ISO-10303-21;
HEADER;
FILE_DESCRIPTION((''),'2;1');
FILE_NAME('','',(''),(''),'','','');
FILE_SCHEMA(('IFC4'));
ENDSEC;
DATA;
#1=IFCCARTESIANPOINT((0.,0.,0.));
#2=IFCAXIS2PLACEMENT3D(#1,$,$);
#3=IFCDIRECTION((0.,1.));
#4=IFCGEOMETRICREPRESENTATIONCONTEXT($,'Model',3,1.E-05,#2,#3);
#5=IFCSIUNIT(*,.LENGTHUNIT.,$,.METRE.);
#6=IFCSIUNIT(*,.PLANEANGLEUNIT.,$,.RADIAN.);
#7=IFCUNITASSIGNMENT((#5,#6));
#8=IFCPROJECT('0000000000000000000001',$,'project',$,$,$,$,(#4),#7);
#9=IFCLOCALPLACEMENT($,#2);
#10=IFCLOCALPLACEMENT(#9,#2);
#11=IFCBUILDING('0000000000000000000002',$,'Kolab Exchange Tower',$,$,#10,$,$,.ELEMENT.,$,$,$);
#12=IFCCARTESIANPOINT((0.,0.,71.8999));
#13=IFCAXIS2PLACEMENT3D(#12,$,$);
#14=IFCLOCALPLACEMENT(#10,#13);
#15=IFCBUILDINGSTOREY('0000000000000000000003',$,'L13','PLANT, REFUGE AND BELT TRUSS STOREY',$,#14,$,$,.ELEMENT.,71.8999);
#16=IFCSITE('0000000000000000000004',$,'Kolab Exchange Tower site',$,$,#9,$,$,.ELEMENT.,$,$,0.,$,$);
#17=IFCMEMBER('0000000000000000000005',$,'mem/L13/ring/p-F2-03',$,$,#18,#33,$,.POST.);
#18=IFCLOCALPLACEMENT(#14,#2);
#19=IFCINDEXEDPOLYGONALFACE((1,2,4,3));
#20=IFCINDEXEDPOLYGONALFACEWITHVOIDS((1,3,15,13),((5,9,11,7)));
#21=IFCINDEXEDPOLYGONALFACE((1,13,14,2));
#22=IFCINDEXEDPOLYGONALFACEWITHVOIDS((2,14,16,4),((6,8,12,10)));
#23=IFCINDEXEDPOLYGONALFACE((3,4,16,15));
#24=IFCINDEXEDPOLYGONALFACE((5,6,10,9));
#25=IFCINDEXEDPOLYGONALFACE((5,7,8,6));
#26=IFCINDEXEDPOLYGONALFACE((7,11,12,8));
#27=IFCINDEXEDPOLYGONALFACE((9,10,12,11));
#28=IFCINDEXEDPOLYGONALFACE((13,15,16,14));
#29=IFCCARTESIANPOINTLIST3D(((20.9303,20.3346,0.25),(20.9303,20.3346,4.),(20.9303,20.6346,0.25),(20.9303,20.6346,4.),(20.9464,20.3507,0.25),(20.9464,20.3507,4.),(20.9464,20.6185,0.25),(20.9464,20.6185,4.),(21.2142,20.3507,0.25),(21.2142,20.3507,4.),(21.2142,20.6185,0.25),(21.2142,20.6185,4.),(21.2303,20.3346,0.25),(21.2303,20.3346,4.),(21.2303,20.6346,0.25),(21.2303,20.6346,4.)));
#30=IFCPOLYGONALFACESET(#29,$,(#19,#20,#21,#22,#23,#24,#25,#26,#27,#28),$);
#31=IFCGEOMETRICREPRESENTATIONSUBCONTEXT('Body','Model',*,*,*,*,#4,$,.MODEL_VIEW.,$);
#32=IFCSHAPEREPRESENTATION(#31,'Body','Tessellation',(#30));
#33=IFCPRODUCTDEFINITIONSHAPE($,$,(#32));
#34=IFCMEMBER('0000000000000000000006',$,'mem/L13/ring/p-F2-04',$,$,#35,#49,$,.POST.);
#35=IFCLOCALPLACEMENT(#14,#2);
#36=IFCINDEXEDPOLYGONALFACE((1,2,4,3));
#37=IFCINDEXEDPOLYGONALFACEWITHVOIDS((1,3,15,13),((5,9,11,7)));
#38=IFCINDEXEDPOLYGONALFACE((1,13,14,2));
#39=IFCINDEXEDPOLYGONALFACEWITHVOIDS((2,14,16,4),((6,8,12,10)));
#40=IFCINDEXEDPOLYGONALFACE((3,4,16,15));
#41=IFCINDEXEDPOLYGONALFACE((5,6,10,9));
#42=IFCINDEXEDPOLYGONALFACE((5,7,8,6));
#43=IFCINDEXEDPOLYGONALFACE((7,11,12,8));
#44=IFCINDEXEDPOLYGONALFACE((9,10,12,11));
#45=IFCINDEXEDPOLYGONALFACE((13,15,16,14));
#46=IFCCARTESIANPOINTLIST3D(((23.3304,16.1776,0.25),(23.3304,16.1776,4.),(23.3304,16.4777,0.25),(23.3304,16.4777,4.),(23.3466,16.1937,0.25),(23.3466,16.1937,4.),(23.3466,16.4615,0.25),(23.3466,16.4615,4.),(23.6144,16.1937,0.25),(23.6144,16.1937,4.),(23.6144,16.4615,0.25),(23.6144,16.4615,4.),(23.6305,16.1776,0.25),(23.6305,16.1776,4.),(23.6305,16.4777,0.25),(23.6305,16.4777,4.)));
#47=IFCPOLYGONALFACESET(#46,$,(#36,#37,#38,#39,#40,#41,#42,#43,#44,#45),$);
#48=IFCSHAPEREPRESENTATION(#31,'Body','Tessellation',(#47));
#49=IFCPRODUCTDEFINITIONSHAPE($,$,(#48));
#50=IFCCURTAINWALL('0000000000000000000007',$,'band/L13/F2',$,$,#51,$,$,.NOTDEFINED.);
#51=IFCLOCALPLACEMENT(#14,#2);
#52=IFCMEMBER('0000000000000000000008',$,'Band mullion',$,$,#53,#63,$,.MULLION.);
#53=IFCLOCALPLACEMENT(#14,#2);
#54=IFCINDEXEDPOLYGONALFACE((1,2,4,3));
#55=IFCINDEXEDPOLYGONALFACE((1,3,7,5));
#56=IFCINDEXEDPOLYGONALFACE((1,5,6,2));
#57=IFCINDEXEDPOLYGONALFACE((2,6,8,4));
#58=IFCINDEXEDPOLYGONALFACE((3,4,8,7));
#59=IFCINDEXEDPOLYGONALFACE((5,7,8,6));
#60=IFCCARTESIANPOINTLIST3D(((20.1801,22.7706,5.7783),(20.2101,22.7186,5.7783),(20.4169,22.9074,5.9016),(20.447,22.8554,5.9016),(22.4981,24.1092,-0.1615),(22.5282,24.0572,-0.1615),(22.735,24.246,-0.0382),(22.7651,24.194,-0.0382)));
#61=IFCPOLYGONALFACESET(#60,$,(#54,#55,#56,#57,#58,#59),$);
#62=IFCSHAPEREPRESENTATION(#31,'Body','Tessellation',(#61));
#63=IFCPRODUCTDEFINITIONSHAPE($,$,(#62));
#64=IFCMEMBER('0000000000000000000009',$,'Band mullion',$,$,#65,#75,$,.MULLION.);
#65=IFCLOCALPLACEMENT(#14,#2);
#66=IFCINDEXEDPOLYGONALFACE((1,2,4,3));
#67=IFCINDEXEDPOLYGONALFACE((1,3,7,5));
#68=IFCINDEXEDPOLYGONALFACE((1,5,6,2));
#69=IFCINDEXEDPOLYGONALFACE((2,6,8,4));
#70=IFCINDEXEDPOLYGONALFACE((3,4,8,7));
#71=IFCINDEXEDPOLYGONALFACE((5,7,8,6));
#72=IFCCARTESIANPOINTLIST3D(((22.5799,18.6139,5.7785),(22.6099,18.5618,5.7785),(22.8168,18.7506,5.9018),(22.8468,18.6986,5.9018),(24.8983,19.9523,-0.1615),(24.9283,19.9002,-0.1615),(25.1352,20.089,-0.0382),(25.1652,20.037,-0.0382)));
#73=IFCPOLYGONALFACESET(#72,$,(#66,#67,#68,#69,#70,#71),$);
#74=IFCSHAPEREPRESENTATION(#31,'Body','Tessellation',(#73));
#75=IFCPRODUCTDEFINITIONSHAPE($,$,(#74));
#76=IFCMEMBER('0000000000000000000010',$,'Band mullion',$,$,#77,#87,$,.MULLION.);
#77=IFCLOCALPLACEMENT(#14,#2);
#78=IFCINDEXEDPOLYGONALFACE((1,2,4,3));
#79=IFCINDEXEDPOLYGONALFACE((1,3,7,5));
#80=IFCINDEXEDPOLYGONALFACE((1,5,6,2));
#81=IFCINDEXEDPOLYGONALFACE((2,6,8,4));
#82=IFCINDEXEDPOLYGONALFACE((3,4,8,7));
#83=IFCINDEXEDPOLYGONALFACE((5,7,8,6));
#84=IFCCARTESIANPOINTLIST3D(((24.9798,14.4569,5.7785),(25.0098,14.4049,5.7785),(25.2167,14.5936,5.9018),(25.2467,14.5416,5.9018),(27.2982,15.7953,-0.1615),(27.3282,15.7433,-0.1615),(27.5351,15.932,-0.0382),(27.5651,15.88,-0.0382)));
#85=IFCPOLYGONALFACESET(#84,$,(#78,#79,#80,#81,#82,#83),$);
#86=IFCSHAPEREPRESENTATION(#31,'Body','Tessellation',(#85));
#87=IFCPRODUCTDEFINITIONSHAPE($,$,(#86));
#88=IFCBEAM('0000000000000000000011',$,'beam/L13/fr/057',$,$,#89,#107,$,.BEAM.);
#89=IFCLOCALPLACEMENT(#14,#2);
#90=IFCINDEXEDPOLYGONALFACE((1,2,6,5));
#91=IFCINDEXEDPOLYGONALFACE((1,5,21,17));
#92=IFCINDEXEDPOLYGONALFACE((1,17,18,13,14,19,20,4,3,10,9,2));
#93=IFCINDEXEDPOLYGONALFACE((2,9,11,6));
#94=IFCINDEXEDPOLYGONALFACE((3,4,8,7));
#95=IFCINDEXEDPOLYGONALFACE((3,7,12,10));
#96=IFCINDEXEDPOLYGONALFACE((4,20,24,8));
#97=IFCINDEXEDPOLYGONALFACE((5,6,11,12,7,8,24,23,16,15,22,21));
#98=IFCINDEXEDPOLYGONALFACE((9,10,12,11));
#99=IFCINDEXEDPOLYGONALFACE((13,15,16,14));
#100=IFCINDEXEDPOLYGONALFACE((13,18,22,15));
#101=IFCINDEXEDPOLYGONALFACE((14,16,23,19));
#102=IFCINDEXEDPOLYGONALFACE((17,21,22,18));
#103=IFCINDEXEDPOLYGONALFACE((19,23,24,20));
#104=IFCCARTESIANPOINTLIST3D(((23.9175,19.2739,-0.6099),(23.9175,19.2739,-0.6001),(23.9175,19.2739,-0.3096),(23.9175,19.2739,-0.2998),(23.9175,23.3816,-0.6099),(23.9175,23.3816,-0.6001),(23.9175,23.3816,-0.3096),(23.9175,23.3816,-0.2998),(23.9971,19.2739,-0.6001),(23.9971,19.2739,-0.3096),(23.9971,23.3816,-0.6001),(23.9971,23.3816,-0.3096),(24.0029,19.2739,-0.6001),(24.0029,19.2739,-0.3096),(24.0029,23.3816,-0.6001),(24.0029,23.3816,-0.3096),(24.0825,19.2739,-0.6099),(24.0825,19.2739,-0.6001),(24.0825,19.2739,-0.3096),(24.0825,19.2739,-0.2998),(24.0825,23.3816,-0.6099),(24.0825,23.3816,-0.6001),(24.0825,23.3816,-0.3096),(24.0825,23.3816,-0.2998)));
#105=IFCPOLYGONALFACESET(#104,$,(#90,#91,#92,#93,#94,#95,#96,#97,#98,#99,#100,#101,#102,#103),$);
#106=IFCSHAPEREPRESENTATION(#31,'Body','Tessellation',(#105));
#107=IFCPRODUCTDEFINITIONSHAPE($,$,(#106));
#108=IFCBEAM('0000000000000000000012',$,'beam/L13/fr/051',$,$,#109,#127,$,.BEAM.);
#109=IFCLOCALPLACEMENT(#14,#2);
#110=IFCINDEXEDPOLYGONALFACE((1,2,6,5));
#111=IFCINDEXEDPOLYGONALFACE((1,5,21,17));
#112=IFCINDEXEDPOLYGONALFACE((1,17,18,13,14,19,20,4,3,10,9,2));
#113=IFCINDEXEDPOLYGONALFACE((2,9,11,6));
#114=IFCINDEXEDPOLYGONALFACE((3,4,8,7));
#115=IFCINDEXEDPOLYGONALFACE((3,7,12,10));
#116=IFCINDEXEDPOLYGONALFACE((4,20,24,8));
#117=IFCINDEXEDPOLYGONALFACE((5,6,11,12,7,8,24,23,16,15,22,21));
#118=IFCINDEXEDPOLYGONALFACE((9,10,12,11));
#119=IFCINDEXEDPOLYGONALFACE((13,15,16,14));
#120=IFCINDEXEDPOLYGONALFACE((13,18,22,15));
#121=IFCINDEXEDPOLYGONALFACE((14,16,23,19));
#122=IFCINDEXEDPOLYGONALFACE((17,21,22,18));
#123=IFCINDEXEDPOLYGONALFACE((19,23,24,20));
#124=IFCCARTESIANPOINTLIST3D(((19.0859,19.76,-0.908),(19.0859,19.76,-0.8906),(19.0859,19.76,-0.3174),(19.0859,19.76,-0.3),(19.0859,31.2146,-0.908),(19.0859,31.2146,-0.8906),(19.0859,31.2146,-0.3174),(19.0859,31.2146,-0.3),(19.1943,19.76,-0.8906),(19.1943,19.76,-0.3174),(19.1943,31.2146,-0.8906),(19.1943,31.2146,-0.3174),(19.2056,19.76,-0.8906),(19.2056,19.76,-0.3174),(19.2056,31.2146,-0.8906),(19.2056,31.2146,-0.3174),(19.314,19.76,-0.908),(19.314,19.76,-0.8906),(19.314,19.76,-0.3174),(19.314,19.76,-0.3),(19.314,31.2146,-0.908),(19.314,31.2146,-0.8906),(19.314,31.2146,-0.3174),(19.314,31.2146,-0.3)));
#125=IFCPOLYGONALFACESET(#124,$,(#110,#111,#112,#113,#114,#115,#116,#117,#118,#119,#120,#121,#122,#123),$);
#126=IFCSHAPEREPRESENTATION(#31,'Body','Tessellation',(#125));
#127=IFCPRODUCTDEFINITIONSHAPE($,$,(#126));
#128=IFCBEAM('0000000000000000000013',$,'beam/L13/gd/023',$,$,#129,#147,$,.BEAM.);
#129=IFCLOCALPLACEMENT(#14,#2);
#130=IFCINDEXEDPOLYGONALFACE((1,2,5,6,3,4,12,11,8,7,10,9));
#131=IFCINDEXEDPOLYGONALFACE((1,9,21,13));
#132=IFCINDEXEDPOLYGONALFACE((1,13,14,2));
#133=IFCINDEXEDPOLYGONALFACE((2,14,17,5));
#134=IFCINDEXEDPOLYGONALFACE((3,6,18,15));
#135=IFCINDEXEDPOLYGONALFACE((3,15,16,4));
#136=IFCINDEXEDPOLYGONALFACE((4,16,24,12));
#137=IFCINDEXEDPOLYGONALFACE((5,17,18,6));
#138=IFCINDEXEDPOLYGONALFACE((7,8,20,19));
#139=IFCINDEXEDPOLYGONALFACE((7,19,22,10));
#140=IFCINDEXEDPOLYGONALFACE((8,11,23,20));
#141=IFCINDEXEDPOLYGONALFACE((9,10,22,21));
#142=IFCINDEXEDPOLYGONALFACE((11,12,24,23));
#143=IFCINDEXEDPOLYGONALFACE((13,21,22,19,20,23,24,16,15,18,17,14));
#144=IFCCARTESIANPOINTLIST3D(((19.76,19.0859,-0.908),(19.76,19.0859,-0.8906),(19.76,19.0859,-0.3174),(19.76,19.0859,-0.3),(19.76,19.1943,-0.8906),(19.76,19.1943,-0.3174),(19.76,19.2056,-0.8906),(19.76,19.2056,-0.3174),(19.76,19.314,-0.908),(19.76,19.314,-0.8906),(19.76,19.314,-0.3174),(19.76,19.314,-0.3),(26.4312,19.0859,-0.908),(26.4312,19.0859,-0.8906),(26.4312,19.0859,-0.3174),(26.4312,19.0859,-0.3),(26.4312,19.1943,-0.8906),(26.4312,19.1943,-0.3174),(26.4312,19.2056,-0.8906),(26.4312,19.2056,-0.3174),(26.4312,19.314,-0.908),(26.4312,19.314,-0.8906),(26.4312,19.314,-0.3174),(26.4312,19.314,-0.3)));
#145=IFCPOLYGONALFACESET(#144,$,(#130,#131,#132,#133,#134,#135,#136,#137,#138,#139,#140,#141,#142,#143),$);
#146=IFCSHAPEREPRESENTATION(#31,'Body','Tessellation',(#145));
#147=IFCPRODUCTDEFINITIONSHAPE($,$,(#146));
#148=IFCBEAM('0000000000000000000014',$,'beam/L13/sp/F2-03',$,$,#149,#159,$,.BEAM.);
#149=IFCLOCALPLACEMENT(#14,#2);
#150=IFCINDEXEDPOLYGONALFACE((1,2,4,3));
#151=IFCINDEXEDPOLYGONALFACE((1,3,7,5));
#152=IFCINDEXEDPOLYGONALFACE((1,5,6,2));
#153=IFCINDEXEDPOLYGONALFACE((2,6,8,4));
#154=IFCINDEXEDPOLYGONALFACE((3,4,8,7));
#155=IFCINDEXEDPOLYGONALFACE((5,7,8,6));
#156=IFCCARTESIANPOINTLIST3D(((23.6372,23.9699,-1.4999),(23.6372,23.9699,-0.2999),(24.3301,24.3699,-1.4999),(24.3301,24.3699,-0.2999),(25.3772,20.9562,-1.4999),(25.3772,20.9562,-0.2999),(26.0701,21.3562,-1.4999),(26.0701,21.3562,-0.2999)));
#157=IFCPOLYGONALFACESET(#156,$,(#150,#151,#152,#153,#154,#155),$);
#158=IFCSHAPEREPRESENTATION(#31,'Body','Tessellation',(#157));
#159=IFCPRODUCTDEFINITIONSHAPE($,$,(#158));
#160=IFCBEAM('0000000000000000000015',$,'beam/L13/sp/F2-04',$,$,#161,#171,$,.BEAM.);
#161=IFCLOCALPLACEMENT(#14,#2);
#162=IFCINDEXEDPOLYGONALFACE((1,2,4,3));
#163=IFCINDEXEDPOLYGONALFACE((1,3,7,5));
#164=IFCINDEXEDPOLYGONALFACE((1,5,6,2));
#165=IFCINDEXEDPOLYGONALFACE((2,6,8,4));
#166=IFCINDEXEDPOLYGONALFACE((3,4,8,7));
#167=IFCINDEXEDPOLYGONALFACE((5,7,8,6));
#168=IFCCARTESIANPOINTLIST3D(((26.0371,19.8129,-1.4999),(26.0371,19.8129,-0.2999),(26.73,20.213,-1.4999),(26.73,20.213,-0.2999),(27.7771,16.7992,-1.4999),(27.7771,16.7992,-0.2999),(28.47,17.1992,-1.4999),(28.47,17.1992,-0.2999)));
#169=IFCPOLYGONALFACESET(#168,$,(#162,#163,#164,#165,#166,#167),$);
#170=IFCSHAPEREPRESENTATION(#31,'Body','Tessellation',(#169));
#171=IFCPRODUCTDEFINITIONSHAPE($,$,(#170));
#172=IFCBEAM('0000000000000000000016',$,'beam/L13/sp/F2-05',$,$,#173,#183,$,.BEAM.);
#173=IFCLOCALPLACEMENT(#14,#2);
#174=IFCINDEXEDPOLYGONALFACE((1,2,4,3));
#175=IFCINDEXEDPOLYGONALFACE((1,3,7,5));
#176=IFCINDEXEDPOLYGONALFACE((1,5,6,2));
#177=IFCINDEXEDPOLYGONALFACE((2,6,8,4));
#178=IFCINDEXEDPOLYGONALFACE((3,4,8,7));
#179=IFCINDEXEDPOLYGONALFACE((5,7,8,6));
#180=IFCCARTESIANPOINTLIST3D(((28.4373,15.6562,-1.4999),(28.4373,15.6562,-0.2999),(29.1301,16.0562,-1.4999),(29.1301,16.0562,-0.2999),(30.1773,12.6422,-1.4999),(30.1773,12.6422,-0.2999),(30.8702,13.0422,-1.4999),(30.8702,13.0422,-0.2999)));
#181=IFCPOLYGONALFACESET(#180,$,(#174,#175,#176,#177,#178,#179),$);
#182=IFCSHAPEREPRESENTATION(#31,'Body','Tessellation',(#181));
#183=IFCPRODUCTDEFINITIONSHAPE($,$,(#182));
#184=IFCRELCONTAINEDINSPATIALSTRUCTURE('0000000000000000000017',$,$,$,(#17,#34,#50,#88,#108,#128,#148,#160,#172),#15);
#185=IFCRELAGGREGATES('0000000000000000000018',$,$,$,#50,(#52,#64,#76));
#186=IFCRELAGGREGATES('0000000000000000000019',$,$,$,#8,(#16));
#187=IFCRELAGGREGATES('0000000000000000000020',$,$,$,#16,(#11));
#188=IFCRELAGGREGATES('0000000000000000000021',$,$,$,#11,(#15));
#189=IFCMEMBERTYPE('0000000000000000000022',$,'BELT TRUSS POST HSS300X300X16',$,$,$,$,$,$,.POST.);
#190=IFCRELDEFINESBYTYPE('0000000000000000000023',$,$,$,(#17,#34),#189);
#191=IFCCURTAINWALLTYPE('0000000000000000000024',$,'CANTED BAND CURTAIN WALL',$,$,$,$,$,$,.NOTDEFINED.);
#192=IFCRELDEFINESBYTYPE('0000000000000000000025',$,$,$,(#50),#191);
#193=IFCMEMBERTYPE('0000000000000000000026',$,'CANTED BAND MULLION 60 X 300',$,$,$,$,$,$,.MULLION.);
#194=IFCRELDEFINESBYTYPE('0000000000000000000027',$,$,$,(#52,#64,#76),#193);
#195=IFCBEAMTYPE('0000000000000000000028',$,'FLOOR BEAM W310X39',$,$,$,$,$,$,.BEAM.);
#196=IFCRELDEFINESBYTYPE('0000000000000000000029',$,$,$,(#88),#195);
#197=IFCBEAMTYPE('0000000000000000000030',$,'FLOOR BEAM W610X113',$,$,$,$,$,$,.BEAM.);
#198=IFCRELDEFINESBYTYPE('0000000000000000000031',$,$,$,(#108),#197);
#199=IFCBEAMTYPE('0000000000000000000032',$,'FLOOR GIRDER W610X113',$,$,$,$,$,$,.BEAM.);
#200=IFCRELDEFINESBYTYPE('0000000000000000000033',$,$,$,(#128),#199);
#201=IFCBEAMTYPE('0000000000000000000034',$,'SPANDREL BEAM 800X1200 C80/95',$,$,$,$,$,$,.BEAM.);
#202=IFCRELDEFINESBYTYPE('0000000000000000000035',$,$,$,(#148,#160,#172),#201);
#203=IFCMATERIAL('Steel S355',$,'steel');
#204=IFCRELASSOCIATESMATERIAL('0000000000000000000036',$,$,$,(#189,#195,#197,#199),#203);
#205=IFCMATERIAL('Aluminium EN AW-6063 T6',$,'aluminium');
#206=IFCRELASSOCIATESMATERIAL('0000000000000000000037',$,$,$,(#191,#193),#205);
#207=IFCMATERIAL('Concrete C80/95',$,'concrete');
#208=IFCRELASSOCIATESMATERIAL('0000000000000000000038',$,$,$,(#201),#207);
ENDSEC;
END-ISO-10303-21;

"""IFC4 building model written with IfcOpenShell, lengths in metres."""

from ifc_helpers import new_model, si_unit, direction, frame, origin, origin_2d, place, context, subcontext, project, spatial, rectangle, hollow_rectangle, i_section, extrude, material, material_profile, profile_set, type_object, element, aggregate, save


model = new_model("IFC4")

# Units and contexts
model_context = context("Model", 3, precision=1e-05, world=origin(), true_north=direction((0.0, 1.0)))
body_context = subcontext(model_context, "Body", "Model", "MODEL_VIEW")
ifc_project = project(units=[si_unit("LENGTHUNIT", "METRE"), si_unit("PLANEANGLEUNIT", "RADIAN")], contexts=[model_context])

# Site, building, storey
site_placement = place(None, origin())
site = spatial("IfcSite", under=ifc_project, at=site_placement, Name="Kolab Exchange Tower site", CompositionType="ELEMENT", RefElevation=0.0)
building_placement = place(site_placement, origin())
building = spatial("IfcBuilding", under=site, at=building_placement, Name="Kolab Exchange Tower", CompositionType="ELEMENT")
storey_placement = place(building_placement, frame((0.0, 0.0, 71.8999)))
storey = spatial("IfcBuildingStorey", under=building, at=storey_placement, Name="L13", Description="PLANT, REFUGE AND BELT TRUSS STOREY", CompositionType="ELEMENT", Elevation=71.8999)

# Shared definitions
ifc_material_1 = material(Name="Concrete C80/95", Category="concrete")

# Shared definitions
ifc_material_2 = material(Name="Steel S355", Category="steel")

# Members
ifc_material_profile_1 = material_profile(ifc_material_2, hollow_rectangle(XDim=0.3, YDim=0.3, WallThickness=0.0161, at=origin_2d()), Name="HSS300X300X16")
ifc_profile_set_1 = profile_set([ifc_material_profile_1], Name="Steel S355")
member_type_1 = type_object("IfcMemberType", Name="BELT TRUSS POST HSS300X300X16", PredefinedType="POST", material=ifc_profile_set_1)
for number, where, z_axis, x_axis, name in (
    (1, (21.0803, 20.4846, 0.25), (0.0, 0.0, 1.0), (1.0, 0.0, 0.0), "mem/L13/ring/p-F2-03"),
    (2, (23.4805, 16.3276, 0.25), (0.0, 0.0, 1.0), (1.0, 0.0, 0.0), "mem/L13/ring/p-F2-04"),
):
    element("IfcMember", number, at=place(storey_placement, frame(where, z_axis=z_axis, x_axis=x_axis)), inside=storey, type_object=member_type_1, Name=name, PredefinedType="POST", context=body_context, shape_type="SweptSolid", body=[
        extrude(hollow_rectangle(XDim=0.3, YDim=0.3, WallThickness=0.0161, at=origin_2d()), origin(), (0.0, 0.0, 1.0), 3.75),
    ])

# Curtain wall, members
ifc_material_3 = material(Name="Aluminium EN AW-6063 T6", Category="aluminium")
curtain_wall_type = type_object("IfcCurtainWallType", Name="CANTED BAND CURTAIN WALL", PredefinedType="NOTDEFINED", material=ifc_material_3)
curtain_wall_placement = place(storey_placement, origin())
curtain_wall = element("IfcCurtainWall", 3, at=curtain_wall_placement, inside=storey, type_object=curtain_wall_type, Name="band/L13/F2", PredefinedType="NOTDEFINED")
ifc_material_profile_2 = material_profile(ifc_material_3, rectangle(XDim=0.0601, YDim=0.3, at=origin_2d()), Name="RECT 60X300")
ifc_profile_set_2 = profile_set([ifc_material_profile_2], Name="Aluminium EN AW-6063 T6")
member_type_2 = type_object("IfcMemberType", Name="CANTED BAND MULLION 60 X 300", PredefinedType="MULLION", material=ifc_profile_set_2)
member_1_placement = place(storey_placement, frame((22.6316, 24.1516, -0.0999), z_axis=(-0.355798, -0.20546, 0.911698), x_axis=(0.500072, -0.865984, 0.0)))
member_1 = element("IfcMember", 4, at=member_1_placement, type_object=member_type_2, Name="Band mullion", PredefinedType="MULLION", context=body_context, shape_type="SweptSolid", body=[
    extrude(rectangle(XDim=0.0601, YDim=0.3, at=origin_2d()), origin(), (0.0, 0.0, 1.0), 6.5151),
])
member_2_placement = place(storey_placement, frame((25.0317, 19.9946, -0.0999), z_axis=(-0.355834, -0.205421, 0.911693), x_axis=(0.499965, -0.866046, 0.0)))
member_2 = element("IfcMember", 5, at=member_2_placement, type_object=member_type_2, Name="Band mullion", PredefinedType="MULLION", context=body_context, shape_type="SweptSolid", body=[
    extrude(rectangle(XDim=0.0601, YDim=0.3, at=origin_2d()), origin(), (0.0, 0.0, 1.0), 6.5154),
])
member_3_placement = place(storey_placement, frame((27.4316, 15.8376, -0.0999), z_axis=(-0.355834, -0.205421, 0.911693), x_axis=(0.499965, -0.866046, 0.0)))
member_3 = element("IfcMember", 6, at=member_3_placement, type_object=member_type_2, Name="Band mullion", PredefinedType="MULLION", context=body_context, shape_type="SweptSolid", body=[
    extrude(rectangle(XDim=0.0601, YDim=0.3, at=origin_2d()), origin(), (0.0, 0.0, 1.0), 6.5154),
])

# Beams
ifc_material_profile_3 = material_profile(ifc_material_2, i_section(OverallWidth=0.165, OverallDepth=0.3101, WebThickness=0.0059, FlangeThickness=0.0098, at=origin_2d()), Name="W310X39")
ifc_profile_set_3 = profile_set([ifc_material_profile_3], Name="Steel S355")
beam_type_1 = type_object("IfcBeamType", Name="FLOOR BEAM W310X39", PredefinedType="BEAM", material=ifc_profile_set_3)
beam_1_placement = place(storey_placement, frame((24.0, 19.2739, -0.4548), z_axis=(0.0, 1.0, 0.0), x_axis=(-1.0, 0.0, 0.0)))
element("IfcBeam", 7, at=beam_1_placement, inside=storey, type_object=beam_type_1, Name="beam/L13/fr/057", PredefinedType="BEAM", context=body_context, shape_type="SweptSolid", body=[
    extrude(i_section(OverallWidth=0.165, OverallDepth=0.3101, WebThickness=0.0059, FlangeThickness=0.0098, at=origin_2d()), origin(), (0.0, 0.0, 1.0), 4.1077),
])
ifc_material_profile_4 = material_profile(ifc_material_2, i_section(OverallWidth=0.228, OverallDepth=0.6079, WebThickness=0.0112, FlangeThickness=0.0173, at=origin_2d()), Name="W610X113")
ifc_profile_set_4 = profile_set([ifc_material_profile_4], Name="Steel S355")
beam_type_2 = type_object("IfcBeamType", Name="FLOOR BEAM W610X113", PredefinedType="BEAM", material=ifc_profile_set_4)
beam_2_placement = place(storey_placement, frame((19.2, 19.76, -0.604), z_axis=(0.0, 1.0, 0.0), x_axis=(-1.0, 0.0, 0.0)))
element("IfcBeam", 8, at=beam_2_placement, inside=storey, type_object=beam_type_2, Name="beam/L13/fr/051", PredefinedType="BEAM", context=body_context, shape_type="SweptSolid", body=[
    extrude(i_section(OverallWidth=0.228, OverallDepth=0.6079, WebThickness=0.0112, FlangeThickness=0.0173, at=origin_2d()), origin(), (0.0, 0.0, 1.0), 11.4546),
])
ifc_material_profile_5 = material_profile(ifc_material_2, i_section(OverallWidth=0.228, OverallDepth=0.6079, WebThickness=0.0112, FlangeThickness=0.0173, at=origin_2d()), Name="W610X113")
ifc_profile_set_5 = profile_set([ifc_material_profile_5], Name="Steel S355")
beam_type_3 = type_object("IfcBeamType", Name="FLOOR GIRDER W610X113", PredefinedType="BEAM", material=ifc_profile_set_5)
beam_3_placement = place(storey_placement, frame((19.76, 19.2, -0.604), z_axis=(1.0, 0.0, 0.0), x_axis=(0.0, 1.0, 0.0)))
element("IfcBeam", 9, at=beam_3_placement, inside=storey, type_object=beam_type_3, Name="beam/L13/gd/023", PredefinedType="BEAM", context=body_context, shape_type="SweptSolid", body=[
    extrude(i_section(OverallWidth=0.228, OverallDepth=0.6079, WebThickness=0.0112, FlangeThickness=0.0173, at=origin_2d()), origin(), (0.0, 0.0, 1.0), 6.6711),
])
ifc_material_profile_6 = material_profile(ifc_material_1, rectangle(XDim=0.8, YDim=1.2, at=origin_2d()), Name="RC800X1200")
ifc_profile_set_6 = profile_set([ifc_material_profile_6], Name="Concrete C80/95")
beam_type_4 = type_object("IfcBeamType", Name="SPANDREL BEAM 800X1200 C80/95", PredefinedType="BEAM", material=ifc_profile_set_6)
for number, where, z_axis, x_axis, name in (
    (10, (23.9836, 24.1699, -0.8999), (0.50001, -0.86602, 0.0), (0.86602, 0.50001, 0.0), "beam/L13/sp/F2-03"),
    (11, (26.3835, 20.0129, -0.8999), (0.50001, -0.86602, 0.0), (0.86602, 0.50001, 0.0), "beam/L13/sp/F2-04"),
):
    element("IfcBeam", number, at=place(storey_placement, frame(where, z_axis=z_axis, x_axis=x_axis)), inside=storey, type_object=beam_type_4, Name=name, PredefinedType="BEAM", context=body_context, shape_type="SweptSolid", body=[
        extrude(rectangle(XDim=0.8, YDim=1.2, at=origin_2d()), origin(), (0.0, 0.0, 1.0), 3.48),
    ])
beam_4_placement = place(storey_placement, frame((28.7837, 15.8562, -0.8999), z_axis=(0.49998, -0.866037, 0.0), x_axis=(0.866037, 0.49998, 0.0)))
element("IfcBeam", 12, at=beam_4_placement, inside=storey, type_object=beam_type_4, Name="beam/L13/sp/F2-05", PredefinedType="BEAM", context=body_context, shape_type="SweptSolid", body=[
    extrude(rectangle(XDim=0.8, YDim=1.2, at=origin_2d()), origin(), (0.0, 0.0, 1.0), 3.4802),
])

aggregate(curtain_wall, [member_1, member_2, member_3])

save(model, "model.ifc")
